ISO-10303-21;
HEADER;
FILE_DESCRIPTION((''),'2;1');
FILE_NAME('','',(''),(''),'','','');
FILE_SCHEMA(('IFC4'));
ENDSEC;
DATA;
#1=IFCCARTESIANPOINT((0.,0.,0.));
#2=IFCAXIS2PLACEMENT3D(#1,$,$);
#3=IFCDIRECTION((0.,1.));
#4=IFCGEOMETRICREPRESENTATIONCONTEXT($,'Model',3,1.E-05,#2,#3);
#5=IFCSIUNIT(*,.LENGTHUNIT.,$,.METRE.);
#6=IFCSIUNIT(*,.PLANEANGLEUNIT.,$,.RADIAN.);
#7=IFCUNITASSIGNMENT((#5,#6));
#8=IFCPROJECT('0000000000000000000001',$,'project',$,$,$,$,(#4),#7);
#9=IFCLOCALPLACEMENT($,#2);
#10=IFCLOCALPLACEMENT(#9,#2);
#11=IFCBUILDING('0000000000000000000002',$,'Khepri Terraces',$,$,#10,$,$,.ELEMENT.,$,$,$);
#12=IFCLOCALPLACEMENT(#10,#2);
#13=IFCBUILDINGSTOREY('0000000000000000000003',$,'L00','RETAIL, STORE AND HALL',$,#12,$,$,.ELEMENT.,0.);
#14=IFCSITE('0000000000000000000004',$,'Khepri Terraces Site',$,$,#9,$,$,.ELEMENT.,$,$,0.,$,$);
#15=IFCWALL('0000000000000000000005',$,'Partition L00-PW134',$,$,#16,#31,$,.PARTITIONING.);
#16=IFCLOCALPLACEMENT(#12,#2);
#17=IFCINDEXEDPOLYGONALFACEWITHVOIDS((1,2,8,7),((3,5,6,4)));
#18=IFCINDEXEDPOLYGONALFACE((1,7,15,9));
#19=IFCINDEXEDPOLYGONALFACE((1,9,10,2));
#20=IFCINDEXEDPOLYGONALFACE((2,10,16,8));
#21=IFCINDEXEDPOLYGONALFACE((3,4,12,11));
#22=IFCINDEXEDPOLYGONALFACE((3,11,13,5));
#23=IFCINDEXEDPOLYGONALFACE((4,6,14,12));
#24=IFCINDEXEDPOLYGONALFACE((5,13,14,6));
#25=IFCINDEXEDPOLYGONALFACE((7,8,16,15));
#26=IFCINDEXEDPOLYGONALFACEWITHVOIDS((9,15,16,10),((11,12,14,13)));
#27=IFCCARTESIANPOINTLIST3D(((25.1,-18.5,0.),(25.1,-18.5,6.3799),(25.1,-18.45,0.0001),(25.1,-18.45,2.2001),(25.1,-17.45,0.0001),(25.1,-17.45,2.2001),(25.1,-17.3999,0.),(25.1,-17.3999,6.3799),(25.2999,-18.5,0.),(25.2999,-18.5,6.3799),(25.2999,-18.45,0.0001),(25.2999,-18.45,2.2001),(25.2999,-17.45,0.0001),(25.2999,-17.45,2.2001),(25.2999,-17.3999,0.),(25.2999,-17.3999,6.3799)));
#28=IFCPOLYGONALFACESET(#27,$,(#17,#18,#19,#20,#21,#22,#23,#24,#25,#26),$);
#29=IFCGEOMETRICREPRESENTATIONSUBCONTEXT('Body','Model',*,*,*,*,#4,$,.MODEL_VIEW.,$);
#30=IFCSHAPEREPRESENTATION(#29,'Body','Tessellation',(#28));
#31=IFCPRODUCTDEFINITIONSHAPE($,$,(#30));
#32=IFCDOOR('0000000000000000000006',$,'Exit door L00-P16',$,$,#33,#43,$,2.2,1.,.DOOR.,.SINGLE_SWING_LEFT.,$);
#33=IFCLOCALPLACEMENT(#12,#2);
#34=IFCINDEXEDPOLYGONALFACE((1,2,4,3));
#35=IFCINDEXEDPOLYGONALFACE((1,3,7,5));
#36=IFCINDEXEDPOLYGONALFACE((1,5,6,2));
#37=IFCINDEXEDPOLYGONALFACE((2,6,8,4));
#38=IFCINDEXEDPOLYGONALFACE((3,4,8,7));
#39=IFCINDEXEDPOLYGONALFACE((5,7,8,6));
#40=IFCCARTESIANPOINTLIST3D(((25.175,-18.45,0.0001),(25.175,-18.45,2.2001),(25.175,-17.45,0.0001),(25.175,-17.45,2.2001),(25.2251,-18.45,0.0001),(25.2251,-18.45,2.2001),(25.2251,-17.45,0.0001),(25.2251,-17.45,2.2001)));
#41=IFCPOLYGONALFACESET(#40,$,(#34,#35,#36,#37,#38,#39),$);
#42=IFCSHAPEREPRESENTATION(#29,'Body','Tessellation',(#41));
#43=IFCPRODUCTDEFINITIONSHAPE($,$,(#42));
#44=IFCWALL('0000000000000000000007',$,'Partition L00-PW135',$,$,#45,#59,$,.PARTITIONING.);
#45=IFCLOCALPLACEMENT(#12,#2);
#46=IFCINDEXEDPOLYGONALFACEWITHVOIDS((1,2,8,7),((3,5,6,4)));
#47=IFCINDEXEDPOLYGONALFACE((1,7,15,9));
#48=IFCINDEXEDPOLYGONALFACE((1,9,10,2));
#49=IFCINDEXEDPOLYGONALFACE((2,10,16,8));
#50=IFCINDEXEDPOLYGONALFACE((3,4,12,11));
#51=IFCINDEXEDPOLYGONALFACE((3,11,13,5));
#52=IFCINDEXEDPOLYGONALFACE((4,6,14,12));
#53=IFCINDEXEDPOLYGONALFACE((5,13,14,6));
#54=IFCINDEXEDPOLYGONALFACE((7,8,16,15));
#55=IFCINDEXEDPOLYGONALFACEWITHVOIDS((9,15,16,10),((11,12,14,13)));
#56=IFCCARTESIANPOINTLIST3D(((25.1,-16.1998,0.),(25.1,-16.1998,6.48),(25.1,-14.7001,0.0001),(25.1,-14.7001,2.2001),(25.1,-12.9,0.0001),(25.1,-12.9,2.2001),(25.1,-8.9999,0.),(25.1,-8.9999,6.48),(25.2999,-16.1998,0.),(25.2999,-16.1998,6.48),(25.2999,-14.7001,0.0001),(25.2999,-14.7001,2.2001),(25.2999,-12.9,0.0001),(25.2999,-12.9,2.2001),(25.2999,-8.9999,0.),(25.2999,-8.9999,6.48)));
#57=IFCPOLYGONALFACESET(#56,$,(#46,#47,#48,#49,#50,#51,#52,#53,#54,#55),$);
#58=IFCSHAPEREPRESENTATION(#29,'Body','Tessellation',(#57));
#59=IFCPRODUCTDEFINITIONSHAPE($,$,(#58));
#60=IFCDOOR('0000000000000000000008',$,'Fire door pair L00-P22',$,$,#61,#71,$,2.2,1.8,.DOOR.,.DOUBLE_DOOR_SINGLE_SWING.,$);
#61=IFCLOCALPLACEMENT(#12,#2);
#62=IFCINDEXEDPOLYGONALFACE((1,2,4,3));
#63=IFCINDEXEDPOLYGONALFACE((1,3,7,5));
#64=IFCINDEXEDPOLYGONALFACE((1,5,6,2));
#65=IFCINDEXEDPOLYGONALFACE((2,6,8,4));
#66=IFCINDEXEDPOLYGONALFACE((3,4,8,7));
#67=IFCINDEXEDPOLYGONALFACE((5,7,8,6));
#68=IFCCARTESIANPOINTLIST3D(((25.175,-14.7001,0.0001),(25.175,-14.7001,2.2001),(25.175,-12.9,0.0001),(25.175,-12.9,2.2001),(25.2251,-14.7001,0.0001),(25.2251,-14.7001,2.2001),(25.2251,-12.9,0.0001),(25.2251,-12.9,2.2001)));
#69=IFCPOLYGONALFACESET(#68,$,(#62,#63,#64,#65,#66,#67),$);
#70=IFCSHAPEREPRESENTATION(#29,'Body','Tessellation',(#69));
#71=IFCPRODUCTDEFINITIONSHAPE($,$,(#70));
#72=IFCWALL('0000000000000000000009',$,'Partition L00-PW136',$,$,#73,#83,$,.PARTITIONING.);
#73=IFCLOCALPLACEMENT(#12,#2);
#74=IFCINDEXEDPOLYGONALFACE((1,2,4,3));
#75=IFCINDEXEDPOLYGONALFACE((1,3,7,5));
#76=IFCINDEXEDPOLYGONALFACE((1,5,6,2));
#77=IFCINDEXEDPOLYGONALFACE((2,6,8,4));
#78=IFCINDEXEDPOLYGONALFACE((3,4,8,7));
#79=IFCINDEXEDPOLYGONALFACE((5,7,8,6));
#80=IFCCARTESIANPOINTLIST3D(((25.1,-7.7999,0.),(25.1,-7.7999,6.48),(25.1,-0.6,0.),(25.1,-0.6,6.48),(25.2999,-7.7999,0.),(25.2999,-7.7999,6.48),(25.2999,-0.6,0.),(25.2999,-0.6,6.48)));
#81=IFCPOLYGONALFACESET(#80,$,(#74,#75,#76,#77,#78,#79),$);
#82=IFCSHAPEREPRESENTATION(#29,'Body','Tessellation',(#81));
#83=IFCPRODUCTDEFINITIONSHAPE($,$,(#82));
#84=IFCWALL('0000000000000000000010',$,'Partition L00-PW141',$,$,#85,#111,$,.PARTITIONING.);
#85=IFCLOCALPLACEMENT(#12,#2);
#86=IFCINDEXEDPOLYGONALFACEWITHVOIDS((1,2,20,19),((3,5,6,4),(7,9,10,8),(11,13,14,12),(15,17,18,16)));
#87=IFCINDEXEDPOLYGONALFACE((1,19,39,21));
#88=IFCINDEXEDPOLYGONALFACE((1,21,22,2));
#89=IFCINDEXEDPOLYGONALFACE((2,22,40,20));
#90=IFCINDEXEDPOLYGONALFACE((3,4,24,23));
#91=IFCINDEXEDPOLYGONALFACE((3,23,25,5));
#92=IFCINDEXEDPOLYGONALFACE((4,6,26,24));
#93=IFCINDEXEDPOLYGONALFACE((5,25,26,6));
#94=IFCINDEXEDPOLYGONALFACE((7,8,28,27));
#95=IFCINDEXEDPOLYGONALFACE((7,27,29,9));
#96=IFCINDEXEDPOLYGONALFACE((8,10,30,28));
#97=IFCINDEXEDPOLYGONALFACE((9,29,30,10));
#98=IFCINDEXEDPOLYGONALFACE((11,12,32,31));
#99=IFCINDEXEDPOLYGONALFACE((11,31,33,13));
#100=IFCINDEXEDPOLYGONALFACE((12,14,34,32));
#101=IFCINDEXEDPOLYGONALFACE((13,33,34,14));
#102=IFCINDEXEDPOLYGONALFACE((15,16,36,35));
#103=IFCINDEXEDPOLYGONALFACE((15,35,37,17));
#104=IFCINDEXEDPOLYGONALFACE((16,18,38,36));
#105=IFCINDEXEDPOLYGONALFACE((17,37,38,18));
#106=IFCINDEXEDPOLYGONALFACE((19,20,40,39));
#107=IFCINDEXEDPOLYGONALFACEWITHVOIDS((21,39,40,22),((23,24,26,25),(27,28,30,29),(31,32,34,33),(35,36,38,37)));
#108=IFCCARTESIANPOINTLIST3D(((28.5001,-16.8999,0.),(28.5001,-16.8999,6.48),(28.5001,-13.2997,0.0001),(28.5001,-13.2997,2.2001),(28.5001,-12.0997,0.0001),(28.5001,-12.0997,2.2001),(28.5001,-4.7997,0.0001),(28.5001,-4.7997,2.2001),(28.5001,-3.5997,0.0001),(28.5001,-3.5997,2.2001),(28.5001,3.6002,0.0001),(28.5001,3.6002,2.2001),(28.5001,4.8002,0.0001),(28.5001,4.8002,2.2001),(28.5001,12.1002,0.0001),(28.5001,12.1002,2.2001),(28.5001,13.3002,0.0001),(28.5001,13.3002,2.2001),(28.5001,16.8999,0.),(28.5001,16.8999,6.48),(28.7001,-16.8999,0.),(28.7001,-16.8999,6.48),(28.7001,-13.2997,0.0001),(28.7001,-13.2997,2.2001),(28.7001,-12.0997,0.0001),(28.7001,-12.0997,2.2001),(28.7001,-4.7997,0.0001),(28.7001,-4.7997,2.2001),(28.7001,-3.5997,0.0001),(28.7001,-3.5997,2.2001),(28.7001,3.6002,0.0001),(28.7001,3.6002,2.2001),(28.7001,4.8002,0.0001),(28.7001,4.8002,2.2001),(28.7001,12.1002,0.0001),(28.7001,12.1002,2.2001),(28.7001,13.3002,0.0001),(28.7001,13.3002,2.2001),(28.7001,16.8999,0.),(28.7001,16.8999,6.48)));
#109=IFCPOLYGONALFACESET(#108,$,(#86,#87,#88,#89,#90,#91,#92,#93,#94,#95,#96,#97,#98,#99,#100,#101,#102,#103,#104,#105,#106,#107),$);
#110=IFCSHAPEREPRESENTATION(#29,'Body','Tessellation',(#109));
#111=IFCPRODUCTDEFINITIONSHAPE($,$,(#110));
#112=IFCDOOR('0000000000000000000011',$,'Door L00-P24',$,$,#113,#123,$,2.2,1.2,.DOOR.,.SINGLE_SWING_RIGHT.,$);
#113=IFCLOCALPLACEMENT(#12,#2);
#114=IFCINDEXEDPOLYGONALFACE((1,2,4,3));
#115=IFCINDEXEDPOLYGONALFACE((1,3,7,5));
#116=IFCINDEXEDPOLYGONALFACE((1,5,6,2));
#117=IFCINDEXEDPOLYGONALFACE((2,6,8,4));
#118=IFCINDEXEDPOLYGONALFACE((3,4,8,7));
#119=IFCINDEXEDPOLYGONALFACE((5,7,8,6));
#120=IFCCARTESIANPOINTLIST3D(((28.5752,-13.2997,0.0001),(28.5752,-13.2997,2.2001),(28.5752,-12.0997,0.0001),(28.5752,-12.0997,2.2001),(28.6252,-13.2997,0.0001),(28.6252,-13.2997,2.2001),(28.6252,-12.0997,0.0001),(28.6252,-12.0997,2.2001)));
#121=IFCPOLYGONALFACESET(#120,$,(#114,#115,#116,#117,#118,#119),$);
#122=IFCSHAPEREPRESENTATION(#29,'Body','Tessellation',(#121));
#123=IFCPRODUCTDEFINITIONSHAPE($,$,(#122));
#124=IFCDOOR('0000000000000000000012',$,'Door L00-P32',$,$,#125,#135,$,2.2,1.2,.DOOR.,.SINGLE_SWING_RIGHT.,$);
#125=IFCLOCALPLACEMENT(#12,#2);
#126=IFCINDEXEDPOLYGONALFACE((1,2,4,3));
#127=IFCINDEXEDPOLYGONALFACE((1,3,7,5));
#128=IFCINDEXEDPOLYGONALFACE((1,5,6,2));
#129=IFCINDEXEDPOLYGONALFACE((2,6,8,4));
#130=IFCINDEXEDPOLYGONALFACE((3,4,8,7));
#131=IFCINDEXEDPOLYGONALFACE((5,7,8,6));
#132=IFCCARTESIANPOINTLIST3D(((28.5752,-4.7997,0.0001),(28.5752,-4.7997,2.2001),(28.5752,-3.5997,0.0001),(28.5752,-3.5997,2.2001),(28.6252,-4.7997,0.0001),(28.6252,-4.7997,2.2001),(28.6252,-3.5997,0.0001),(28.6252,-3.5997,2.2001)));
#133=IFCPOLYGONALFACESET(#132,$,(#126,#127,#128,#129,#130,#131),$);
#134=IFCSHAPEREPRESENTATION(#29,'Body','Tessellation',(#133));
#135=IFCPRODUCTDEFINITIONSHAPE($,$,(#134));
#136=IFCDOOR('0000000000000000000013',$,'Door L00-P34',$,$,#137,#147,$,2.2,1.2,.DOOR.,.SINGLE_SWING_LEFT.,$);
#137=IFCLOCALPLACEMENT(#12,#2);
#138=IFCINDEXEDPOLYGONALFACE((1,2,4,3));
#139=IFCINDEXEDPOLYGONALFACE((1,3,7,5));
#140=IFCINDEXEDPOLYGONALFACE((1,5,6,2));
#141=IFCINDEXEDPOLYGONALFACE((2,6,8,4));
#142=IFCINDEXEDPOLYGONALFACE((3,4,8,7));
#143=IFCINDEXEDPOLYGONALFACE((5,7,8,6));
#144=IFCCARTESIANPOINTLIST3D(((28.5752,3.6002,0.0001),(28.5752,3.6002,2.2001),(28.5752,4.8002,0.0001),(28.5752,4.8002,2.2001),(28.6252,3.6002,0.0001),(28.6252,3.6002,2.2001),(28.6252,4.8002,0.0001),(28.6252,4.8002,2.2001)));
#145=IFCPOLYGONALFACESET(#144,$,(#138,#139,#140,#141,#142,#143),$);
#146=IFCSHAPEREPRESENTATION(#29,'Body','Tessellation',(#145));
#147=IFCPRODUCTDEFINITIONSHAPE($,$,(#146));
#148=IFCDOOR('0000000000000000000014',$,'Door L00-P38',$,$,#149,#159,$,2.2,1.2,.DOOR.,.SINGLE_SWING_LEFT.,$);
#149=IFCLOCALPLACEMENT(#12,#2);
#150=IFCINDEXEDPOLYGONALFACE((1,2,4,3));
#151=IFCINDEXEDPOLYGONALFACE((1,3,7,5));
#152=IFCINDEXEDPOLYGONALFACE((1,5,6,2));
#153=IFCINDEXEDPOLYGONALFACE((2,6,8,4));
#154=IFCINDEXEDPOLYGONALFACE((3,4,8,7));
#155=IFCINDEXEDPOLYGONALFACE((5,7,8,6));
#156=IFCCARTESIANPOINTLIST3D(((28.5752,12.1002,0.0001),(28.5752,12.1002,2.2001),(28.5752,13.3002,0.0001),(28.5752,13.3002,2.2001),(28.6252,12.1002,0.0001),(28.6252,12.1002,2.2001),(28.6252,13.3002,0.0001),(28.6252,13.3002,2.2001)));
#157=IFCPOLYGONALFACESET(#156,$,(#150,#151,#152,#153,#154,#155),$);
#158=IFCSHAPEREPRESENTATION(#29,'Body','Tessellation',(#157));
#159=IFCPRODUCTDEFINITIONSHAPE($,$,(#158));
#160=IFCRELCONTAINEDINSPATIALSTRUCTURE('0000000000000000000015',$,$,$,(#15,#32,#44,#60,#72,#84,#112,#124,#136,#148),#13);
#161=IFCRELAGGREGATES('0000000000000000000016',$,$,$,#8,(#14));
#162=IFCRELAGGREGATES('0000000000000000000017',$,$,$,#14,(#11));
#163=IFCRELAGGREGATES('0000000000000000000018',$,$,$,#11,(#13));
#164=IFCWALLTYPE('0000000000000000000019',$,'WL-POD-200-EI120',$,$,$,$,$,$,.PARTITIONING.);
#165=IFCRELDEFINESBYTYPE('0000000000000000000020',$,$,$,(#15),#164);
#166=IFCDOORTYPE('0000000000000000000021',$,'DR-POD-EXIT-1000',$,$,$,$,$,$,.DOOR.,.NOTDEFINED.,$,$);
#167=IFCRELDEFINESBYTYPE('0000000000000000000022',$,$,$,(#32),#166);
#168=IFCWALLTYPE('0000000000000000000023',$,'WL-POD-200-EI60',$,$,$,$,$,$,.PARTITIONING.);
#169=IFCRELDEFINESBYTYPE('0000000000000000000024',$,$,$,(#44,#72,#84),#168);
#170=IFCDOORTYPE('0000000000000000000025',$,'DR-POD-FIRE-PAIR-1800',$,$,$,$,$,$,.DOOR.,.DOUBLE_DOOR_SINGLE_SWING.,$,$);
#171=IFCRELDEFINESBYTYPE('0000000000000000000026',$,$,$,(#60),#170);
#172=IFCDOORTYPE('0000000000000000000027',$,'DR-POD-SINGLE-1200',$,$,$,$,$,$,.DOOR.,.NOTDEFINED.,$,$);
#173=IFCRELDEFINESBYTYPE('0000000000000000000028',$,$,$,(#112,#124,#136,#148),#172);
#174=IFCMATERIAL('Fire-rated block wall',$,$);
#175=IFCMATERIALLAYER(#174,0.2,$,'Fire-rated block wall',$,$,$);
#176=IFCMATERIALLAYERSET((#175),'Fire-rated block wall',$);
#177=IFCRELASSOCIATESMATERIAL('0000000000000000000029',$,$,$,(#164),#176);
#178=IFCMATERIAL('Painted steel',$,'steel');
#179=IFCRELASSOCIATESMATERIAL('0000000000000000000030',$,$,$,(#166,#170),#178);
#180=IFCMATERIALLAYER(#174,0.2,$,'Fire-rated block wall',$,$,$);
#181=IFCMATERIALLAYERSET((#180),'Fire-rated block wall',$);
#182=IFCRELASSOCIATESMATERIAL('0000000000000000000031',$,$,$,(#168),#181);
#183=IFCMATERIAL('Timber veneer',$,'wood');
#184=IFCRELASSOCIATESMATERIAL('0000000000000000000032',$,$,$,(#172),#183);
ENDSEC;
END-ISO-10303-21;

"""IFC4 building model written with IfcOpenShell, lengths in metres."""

from ifc_helpers import new_model, si_unit, direction, frame, frame_2d, origin, place, context, subcontext, project, spatial, rectangle, extrude, material, layer, layer_set, type_object, element, fill, save


model = new_model("IFC4")

# Units and contexts
model_context = context("Model", 3, precision=1e-05, world=origin(), true_north=direction((0.0, 1.0)))
body_context = subcontext(model_context, "Body", "Model", "MODEL_VIEW")
ifc_project = project(units=[si_unit("LENGTHUNIT", "METRE"), si_unit("PLANEANGLEUNIT", "RADIAN")], contexts=[model_context])

# Site, building, storey
site_placement = place(None, origin())
site = spatial("IfcSite", under=ifc_project, at=site_placement, Name="Khepri Terraces Site", CompositionType="ELEMENT", RefElevation=0.0)
building_placement = place(site_placement, origin())
building = spatial("IfcBuilding", under=site, at=building_placement, Name="Khepri Terraces", CompositionType="ELEMENT")
storey_placement = place(building_placement, origin())
storey = spatial("IfcBuildingStorey", under=building, at=storey_placement, Name="L00", Description="RETAIL, STORE AND HALL", CompositionType="ELEMENT", Elevation=0.0)

# Shared definitions
ifc_material_1 = material(Name="Fire-rated block wall")
ifc_layer_1 = layer(ifc_material_1, 0.2, Name="Fire-rated block wall")
ifc_layer_set_1 = layer_set([ifc_layer_1], Name="Fire-rated block wall")
wall_type_1 = type_object("IfcWallType", Name="WL-POD-200-EI120", PredefinedType="PARTITIONING", material=ifc_layer_set_1)

# Walls, openings, doors
wall_1_placement = place(storey_placement, frame((25.2, -18.5, 0.0), z_axis=(0.0, 0.0, 1.0), x_axis=(0.0, 1.0, 0.0)))
wall_1 = element("IfcWall", 1, at=wall_1_placement, inside=storey, type_object=wall_type_1, Name="Partition L00-PW134", PredefinedType="PARTITIONING", context=body_context, shape_type="SweptSolid", body=[
    extrude(rectangle(XDim=1.1001, YDim=0.2, at=frame_2d((0.55, 0.0))), origin(), (0.0, 0.0, 1.0), 6.3799),
])
opening_1_placement = place(wall_1_placement, frame((0.05, 0.0, 0.0)))
opening_1 = element("IfcOpeningElement", 2, at=opening_1_placement, cuts=wall_1, PredefinedType="OPENING", context=body_context, shape_type="SweptSolid", body=[
    extrude(rectangle(XDim=1.0, YDim=2.2, at=frame_2d((0.5, 1.1001))), frame((0.0, 0.1099, 0.0), z_axis=(0.0, -1.0, 0.0), x_axis=(1.0, 0.0, 0.0)), (0.0, 0.0, 1.0), 0.22),
])
ifc_material_2 = material(Name="Painted steel", Category="steel")
door_type_1 = type_object("IfcDoorType", Name="DR-POD-EXIT-1000", OperationType="NOTDEFINED", PredefinedType="DOOR", material=ifc_material_2)
door_1_placement = place(opening_1_placement, origin())
door_1 = element("IfcDoor", 3, at=door_1_placement, inside=storey, type_object=door_type_1, Name="Exit door L00-P16", OperationType="SINGLE_SWING_LEFT", OverallHeight=2.2, OverallWidth=1.0, PredefinedType="DOOR", context=body_context, shape_type="SweptSolid", body=[
    extrude(rectangle(XDim=1.0, YDim=2.2, at=frame_2d((0.5, 1.1001))), frame((0.0, 0.0249, 0.0), z_axis=(0.0, -1.0, 0.0), x_axis=(1.0, 0.0, 0.0)), (0.0, 0.0, 1.0), 0.05),
])
fill(opening_1, door_1)
ifc_layer_2 = layer(ifc_material_1, 0.2, Name="Fire-rated block wall")
ifc_layer_set_2 = layer_set([ifc_layer_2], Name="Fire-rated block wall")
wall_type_2 = type_object("IfcWallType", Name="WL-POD-200-EI60", PredefinedType="PARTITIONING", material=ifc_layer_set_2)
wall_2_placement = place(storey_placement, frame((25.2, -16.2, 0.0), z_axis=(0.0, 0.0, 1.0), x_axis=(0.0, 1.0, 0.0)))
wall_2 = element("IfcWall", 4, at=wall_2_placement, inside=storey, type_object=wall_type_2, Name="Partition L00-PW135", PredefinedType="PARTITIONING", context=body_context, shape_type="SweptSolid", body=[
    extrude(rectangle(XDim=7.2, YDim=0.2, at=frame_2d((3.6001, 0.0))), origin(), (0.0, 0.0, 1.0), 6.48),
])
opening_2_placement = place(wall_2_placement, frame((1.5, 0.0, 0.0)))
opening_2 = element("IfcOpeningElement", 5, at=opening_2_placement, cuts=wall_2, PredefinedType="OPENING", context=body_context, shape_type="SweptSolid", body=[
    extrude(rectangle(XDim=1.8, YDim=2.2, at=frame_2d((0.8999, 1.1001))), frame((0.0, 0.1099, 0.0), z_axis=(0.0, -1.0, 0.0), x_axis=(1.0, 0.0, 0.0)), (0.0, 0.0, 1.0), 0.22),
])
door_type_2 = type_object("IfcDoorType", Name="DR-POD-FIRE-PAIR-1800", OperationType="DOUBLE_DOOR_SINGLE_SWING", PredefinedType="DOOR", material=ifc_material_2)
door_2_placement = place(opening_2_placement, origin())
door_2 = element("IfcDoor", 6, at=door_2_placement, inside=storey, type_object=door_type_2, Name="Fire door pair L00-P22", OperationType="DOUBLE_DOOR_SINGLE_SWING", OverallHeight=2.2, OverallWidth=1.8, PredefinedType="DOOR", context=body_context, shape_type="SweptSolid", body=[
    extrude(rectangle(XDim=1.8, YDim=2.2, at=frame_2d((0.8999, 1.1001))), frame((0.0, 0.0249, 0.0), z_axis=(0.0, -1.0, 0.0), x_axis=(1.0, 0.0, 0.0)), (0.0, 0.0, 1.0), 0.05),
])
fill(opening_2, door_2)

# Wall
wall_3_placement = place(storey_placement, frame((25.2, -7.8, 0.0), z_axis=(0.0, 0.0, 1.0), x_axis=(0.0, 1.0, 0.0)))
element("IfcWall", 7, at=wall_3_placement, inside=storey, type_object=wall_type_2, Name="Partition L00-PW136", PredefinedType="PARTITIONING", context=body_context, shape_type="SweptSolid", body=[
    extrude(rectangle(XDim=7.2, YDim=0.2, at=frame_2d((3.6001, 0.0))), origin(), (0.0, 0.0, 1.0), 6.48),
])

# Wall, openings, doors
wall_4_placement = place(storey_placement, frame((28.6001, -16.8999, 0.0), z_axis=(0.0, 0.0, 1.0), x_axis=(0.0, 1.0, 0.0)))
wall_4 = element("IfcWall", 8, at=wall_4_placement, inside=storey, type_object=wall_type_2, Name="Partition L00-PW141", PredefinedType="PARTITIONING", context=body_context, shape_type="SweptSolid", body=[
    extrude(rectangle(XDim=33.7998, YDim=0.2, at=frame_2d((16.8999, 0.0))), origin(), (0.0, 0.0, 1.0), 6.48),
])
opening_3_placement = place(wall_4_placement, frame((3.6001, 0.0, 0.0)))
opening_3 = element("IfcOpeningElement", 9, at=opening_3_placement, cuts=wall_4, PredefinedType="OPENING", context=body_context, shape_type="SweptSolid", body=[
    extrude(rectangle(XDim=1.2, YDim=2.2, at=frame_2d((0.6001, 1.1001))), frame((0.0, 0.1099, 0.0), z_axis=(0.0, -1.0, 0.0), x_axis=(1.0, 0.0, 0.0)), (0.0, 0.0, 1.0), 0.22),
])
opening_4_placement = place(wall_4_placement, frame((12.1001, 0.0, 0.0)))
opening_4 = element("IfcOpeningElement", 10, at=opening_4_placement, cuts=wall_4, PredefinedType="OPENING", context=body_context, shape_type="SweptSolid", body=[
    extrude(rectangle(XDim=1.2, YDim=2.2, at=frame_2d((0.6001, 1.1001))), frame((0.0, 0.1099, 0.0), z_axis=(0.0, -1.0, 0.0), x_axis=(1.0, 0.0, 0.0)), (0.0, 0.0, 1.0), 0.22),
])
opening_5_placement = place(wall_4_placement, frame((20.5, 0.0, 0.0)))
opening_5 = element("IfcOpeningElement", 11, at=opening_5_placement, cuts=wall_4, PredefinedType="OPENING", context=body_context, shape_type="SweptSolid", body=[
    extrude(rectangle(XDim=1.2, YDim=2.2, at=frame_2d((0.6001, 1.1001))), frame((0.0, 0.1099, 0.0), z_axis=(0.0, -1.0, 0.0), x_axis=(1.0, 0.0, 0.0)), (0.0, 0.0, 1.0), 0.22),
])
opening_6_placement = place(wall_4_placement, frame((29.0, 0.0, 0.0)))
opening_6 = element("IfcOpeningElement", 12, at=opening_6_placement, cuts=wall_4, PredefinedType="OPENING", context=body_context, shape_type="SweptSolid", body=[
    extrude(rectangle(XDim=1.2, YDim=2.2, at=frame_2d((0.6001, 1.1001))), frame((0.0, 0.1099, 0.0), z_axis=(0.0, -1.0, 0.0), x_axis=(1.0, 0.0, 0.0)), (0.0, 0.0, 1.0), 0.22),
])
ifc_material_3 = material(Name="Timber veneer", Category="wood")
door_type_3 = type_object("IfcDoorType", Name="DR-POD-SINGLE-1200", OperationType="NOTDEFINED", PredefinedType="DOOR", material=ifc_material_3)
door_3_placement = place(opening_3_placement, origin())
door_3 = element("IfcDoor", 13, at=door_3_placement, inside=storey, type_object=door_type_3, Name="Door L00-P24", OperationType="SINGLE_SWING_RIGHT", OverallHeight=2.2, OverallWidth=1.2, PredefinedType="DOOR", context=body_context, shape_type="SweptSolid", body=[
    extrude(rectangle(XDim=1.2, YDim=2.2, at=frame_2d((0.6001, 1.1001))), frame((0.0, 0.0249, 0.0), z_axis=(0.0, -1.0, 0.0), x_axis=(1.0, 0.0, 0.0)), (0.0, 0.0, 1.0), 0.05),
])
fill(opening_3, door_3)
door_4_placement = place(opening_4_placement, origin())
door_4 = element("IfcDoor", 14, at=door_4_placement, inside=storey, type_object=door_type_3, Name="Door L00-P32", OperationType="SINGLE_SWING_RIGHT", OverallHeight=2.2, OverallWidth=1.2, PredefinedType="DOOR", context=body_context, shape_type="SweptSolid", body=[
    extrude(rectangle(XDim=1.2, YDim=2.2, at=frame_2d((0.6001, 1.1001))), frame((0.0, 0.0249, 0.0), z_axis=(0.0, -1.0, 0.0), x_axis=(1.0, 0.0, 0.0)), (0.0, 0.0, 1.0), 0.05),
])
fill(opening_4, door_4)
door_5_placement = place(opening_5_placement, origin())
door_5 = element("IfcDoor", 15, at=door_5_placement, inside=storey, type_object=door_type_3, Name="Door L00-P34", OperationType="SINGLE_SWING_LEFT", OverallHeight=2.2, OverallWidth=1.2, PredefinedType="DOOR", context=body_context, shape_type="SweptSolid", body=[
    extrude(rectangle(XDim=1.2, YDim=2.2, at=frame_2d((0.6001, 1.1001))), frame((0.0, 0.0249, 0.0), z_axis=(0.0, -1.0, 0.0), x_axis=(1.0, 0.0, 0.0)), (0.0, 0.0, 1.0), 0.05),
])
fill(opening_5, door_5)
door_6_placement = place(opening_6_placement, origin())
door_6 = element("IfcDoor", 16, at=door_6_placement, inside=storey, type_object=door_type_3, Name="Door L00-P38", OperationType="SINGLE_SWING_LEFT", OverallHeight=2.2, OverallWidth=1.2, PredefinedType="DOOR", context=body_context, shape_type="SweptSolid", body=[
    extrude(rectangle(XDim=1.2, YDim=2.2, at=frame_2d((0.6001, 1.1001))), frame((0.0, 0.0249, 0.0), z_axis=(0.0, -1.0, 0.0), x_axis=(1.0, 0.0, 0.0)), (0.0, 0.0, 1.0), 0.05),
])
fill(opening_6, door_6)

save(model, "model.ifc")
